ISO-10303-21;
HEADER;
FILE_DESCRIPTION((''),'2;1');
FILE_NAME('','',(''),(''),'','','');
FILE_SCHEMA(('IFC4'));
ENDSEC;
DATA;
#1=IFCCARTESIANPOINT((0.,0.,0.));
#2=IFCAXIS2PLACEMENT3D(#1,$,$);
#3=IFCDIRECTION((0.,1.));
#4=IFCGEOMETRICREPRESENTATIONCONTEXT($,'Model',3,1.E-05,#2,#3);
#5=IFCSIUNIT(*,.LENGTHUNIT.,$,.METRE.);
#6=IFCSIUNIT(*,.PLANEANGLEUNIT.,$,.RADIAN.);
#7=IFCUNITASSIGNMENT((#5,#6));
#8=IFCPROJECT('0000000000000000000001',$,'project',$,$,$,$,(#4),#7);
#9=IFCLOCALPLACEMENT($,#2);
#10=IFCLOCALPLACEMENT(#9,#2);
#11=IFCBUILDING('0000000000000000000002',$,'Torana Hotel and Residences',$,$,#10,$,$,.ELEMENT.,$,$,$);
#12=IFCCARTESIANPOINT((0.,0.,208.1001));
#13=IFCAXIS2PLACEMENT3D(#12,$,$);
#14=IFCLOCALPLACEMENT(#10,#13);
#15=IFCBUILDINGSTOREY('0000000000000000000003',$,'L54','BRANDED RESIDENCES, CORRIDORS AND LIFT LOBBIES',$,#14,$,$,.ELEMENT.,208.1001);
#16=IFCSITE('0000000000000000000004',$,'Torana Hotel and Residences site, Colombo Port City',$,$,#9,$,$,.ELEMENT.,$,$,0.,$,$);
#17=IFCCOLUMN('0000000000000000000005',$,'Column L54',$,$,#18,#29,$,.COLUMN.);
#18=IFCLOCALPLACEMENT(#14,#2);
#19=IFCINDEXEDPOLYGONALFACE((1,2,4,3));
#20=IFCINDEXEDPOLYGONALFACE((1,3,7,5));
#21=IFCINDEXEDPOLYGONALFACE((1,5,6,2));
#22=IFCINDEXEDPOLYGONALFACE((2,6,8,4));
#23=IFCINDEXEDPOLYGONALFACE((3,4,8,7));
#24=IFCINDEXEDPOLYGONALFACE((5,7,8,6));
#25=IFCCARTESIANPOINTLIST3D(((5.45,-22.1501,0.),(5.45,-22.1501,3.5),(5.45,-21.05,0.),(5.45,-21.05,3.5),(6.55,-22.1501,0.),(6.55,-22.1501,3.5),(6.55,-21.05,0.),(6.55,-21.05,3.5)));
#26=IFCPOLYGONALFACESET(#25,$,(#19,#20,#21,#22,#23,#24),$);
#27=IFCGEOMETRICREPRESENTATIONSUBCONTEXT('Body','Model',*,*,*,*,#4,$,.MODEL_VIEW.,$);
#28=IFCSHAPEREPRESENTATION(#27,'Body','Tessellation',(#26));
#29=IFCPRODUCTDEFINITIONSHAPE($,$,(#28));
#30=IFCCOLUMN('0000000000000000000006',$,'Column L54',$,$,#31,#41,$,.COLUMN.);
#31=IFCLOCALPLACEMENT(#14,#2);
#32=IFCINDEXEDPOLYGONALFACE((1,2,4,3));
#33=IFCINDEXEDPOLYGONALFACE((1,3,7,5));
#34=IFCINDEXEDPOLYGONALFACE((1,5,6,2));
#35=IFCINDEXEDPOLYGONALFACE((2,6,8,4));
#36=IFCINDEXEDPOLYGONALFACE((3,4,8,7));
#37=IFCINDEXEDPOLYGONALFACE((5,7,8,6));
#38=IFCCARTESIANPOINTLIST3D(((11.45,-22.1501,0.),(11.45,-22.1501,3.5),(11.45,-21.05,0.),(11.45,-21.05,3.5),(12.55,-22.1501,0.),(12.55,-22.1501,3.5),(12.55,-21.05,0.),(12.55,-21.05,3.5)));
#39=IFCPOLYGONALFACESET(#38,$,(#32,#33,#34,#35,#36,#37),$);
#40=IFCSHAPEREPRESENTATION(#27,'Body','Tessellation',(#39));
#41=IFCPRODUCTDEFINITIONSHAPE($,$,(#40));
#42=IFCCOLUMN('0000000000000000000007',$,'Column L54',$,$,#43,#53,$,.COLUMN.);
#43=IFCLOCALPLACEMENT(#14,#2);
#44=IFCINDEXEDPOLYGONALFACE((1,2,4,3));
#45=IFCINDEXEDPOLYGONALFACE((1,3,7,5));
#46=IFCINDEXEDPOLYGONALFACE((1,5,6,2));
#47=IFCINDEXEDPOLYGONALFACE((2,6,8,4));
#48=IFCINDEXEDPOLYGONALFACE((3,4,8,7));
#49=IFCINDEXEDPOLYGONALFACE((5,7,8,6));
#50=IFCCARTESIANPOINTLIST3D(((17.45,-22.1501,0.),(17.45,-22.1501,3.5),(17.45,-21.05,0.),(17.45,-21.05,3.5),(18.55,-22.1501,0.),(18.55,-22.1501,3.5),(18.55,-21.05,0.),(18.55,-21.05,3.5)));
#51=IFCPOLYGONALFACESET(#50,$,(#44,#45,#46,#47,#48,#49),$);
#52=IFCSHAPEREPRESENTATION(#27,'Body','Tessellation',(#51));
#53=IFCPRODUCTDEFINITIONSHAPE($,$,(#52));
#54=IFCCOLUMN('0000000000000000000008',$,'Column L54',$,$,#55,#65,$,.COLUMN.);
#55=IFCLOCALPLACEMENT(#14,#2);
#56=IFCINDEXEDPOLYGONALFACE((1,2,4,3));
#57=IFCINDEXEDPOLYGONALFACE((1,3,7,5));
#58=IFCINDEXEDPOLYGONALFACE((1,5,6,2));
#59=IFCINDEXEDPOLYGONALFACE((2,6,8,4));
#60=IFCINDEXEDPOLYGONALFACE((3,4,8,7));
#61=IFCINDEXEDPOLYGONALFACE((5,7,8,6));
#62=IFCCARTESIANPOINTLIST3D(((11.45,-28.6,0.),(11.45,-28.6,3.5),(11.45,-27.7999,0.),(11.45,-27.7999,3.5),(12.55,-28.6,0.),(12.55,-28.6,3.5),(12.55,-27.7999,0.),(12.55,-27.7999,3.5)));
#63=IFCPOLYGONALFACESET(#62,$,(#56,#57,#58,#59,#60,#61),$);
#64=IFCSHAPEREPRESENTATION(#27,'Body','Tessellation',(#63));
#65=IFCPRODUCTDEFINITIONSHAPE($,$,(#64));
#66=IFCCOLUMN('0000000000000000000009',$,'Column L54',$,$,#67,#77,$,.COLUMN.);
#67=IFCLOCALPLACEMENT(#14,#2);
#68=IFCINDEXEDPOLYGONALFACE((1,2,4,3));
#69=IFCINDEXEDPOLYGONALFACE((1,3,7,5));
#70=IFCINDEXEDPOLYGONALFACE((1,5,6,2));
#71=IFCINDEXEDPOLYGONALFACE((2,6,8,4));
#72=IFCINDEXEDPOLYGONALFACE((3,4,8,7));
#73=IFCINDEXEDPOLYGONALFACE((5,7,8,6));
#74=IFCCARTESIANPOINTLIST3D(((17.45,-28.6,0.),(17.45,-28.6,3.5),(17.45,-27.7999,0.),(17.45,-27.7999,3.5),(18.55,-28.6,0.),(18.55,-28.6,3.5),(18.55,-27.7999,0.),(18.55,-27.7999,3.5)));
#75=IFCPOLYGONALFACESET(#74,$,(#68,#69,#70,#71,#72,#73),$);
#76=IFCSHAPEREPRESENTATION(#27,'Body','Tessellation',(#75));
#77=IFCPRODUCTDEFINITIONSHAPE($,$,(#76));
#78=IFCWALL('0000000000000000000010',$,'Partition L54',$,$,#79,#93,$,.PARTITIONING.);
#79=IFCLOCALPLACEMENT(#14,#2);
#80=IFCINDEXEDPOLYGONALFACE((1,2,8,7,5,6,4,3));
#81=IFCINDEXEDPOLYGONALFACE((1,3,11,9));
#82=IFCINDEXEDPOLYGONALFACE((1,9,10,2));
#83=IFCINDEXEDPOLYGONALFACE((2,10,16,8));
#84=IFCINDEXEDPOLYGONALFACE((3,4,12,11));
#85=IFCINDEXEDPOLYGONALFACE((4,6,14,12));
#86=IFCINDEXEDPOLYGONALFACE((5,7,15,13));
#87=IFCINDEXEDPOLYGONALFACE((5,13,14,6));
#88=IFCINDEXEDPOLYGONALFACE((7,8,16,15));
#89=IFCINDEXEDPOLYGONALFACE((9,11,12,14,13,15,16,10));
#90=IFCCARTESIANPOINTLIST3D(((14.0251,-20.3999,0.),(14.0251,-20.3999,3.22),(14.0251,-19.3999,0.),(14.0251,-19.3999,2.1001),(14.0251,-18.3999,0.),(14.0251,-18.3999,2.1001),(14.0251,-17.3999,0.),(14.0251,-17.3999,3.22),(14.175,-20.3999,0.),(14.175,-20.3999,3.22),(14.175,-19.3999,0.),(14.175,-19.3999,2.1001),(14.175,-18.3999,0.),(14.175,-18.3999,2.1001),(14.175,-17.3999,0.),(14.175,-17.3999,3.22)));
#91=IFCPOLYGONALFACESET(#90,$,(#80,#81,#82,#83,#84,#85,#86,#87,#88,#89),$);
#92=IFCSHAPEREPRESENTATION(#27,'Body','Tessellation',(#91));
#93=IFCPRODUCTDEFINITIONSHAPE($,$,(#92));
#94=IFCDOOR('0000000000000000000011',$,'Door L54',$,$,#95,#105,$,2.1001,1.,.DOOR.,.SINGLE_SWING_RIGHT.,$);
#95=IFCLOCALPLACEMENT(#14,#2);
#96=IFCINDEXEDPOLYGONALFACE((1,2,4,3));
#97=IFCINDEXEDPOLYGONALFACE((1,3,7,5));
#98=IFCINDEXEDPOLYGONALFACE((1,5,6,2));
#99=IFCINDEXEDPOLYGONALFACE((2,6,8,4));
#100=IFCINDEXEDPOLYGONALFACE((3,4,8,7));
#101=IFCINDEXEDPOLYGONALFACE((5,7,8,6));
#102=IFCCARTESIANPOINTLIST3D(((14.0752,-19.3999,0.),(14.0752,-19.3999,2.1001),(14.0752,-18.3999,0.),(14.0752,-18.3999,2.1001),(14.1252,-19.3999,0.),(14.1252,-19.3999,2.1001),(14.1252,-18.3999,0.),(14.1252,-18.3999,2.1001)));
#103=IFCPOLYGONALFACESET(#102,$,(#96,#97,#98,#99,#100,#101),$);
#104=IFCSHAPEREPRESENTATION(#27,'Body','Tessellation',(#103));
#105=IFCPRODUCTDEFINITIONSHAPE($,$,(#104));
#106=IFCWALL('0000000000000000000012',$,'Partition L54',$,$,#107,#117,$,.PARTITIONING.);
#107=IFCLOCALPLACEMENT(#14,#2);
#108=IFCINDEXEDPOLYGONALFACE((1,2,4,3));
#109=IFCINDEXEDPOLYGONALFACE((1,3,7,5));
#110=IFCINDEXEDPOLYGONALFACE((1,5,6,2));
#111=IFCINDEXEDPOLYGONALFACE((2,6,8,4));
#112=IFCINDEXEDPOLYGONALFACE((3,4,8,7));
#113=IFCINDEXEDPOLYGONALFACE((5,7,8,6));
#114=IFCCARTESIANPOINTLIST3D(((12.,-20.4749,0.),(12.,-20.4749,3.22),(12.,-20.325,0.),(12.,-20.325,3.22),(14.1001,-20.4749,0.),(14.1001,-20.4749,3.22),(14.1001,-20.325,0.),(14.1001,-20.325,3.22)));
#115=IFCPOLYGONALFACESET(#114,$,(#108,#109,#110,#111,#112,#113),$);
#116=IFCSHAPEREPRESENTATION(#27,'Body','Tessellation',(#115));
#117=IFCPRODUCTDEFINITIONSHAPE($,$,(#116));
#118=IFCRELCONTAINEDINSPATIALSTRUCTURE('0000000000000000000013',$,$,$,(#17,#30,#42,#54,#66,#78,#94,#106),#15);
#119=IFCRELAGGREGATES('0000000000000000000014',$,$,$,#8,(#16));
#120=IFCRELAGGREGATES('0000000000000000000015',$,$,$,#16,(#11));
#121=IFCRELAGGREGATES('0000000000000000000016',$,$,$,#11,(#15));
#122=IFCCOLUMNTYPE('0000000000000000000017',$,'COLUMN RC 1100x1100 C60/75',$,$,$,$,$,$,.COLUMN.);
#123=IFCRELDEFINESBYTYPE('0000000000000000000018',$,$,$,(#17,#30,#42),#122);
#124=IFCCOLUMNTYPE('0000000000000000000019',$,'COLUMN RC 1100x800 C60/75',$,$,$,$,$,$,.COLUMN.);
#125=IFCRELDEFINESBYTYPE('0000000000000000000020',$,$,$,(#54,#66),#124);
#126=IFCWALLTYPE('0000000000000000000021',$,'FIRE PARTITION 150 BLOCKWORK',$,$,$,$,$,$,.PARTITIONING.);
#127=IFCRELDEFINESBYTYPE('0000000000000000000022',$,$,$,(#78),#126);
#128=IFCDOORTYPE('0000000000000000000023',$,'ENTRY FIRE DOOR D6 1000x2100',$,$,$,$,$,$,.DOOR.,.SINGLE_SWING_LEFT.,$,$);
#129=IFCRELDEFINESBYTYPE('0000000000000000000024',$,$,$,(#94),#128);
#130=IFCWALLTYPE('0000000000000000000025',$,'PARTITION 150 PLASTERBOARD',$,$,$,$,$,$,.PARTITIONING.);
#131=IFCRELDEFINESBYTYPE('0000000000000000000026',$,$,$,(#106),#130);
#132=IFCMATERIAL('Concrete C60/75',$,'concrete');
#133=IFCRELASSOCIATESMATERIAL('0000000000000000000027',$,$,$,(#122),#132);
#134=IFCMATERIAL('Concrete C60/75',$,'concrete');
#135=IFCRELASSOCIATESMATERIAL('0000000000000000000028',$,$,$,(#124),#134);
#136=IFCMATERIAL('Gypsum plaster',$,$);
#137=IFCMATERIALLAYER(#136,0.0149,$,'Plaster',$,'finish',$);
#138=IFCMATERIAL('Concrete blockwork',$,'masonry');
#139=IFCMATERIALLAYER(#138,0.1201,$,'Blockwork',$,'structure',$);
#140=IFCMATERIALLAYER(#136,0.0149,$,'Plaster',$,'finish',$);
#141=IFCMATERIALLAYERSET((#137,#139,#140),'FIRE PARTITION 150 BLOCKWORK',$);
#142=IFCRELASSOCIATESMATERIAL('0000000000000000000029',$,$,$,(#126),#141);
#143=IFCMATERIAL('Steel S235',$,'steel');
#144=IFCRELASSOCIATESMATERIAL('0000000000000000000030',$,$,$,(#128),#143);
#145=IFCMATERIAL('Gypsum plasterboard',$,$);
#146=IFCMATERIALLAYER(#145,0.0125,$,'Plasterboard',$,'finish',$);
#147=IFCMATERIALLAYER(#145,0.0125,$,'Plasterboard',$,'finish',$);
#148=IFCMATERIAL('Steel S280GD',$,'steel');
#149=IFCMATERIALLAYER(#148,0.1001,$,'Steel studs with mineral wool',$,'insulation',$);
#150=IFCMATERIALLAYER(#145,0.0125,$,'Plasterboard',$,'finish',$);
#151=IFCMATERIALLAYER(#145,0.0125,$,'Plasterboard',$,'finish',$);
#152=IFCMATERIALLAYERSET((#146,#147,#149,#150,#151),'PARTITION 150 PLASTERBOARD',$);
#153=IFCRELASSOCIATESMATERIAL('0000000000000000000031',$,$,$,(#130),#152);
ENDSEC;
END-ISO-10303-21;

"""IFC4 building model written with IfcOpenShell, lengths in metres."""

from ifc_helpers import new_model, si_unit, direction, frame, frame_2d, origin, origin_2d, place, context, subcontext, project, spatial, rectangle, extrude, material, layer, layer_set, material_profile, profile_set, type_object, element, fill, save


model = new_model("IFC4")

# Units and contexts
model_context = context("Model", 3, precision=1e-05, world=origin(), true_north=direction((0.0, 1.0)))
body_context = subcontext(model_context, "Body", "Model", "MODEL_VIEW")
ifc_project = project(units=[si_unit("LENGTHUNIT", "METRE"), si_unit("PLANEANGLEUNIT", "RADIAN")], contexts=[model_context])

# Site, building, storey
site_placement = place(None, origin())
site = spatial("IfcSite", under=ifc_project, at=site_placement, Name="Torana Hotel and Residences site, Colombo Port City", CompositionType="ELEMENT", RefElevation=0.0)
building_placement = place(site_placement, origin())
building = spatial("IfcBuilding", under=site, at=building_placement, Name="Torana Hotel and Residences", CompositionType="ELEMENT")
storey_placement = place(building_placement, frame((0.0, 0.0, 208.1001)))
storey = spatial("IfcBuildingStorey", under=building, at=storey_placement, Name="L54", Description="BRANDED RESIDENCES, CORRIDORS AND LIFT LOBBIES", CompositionType="ELEMENT", Elevation=208.1001)

# Columns
ifc_material_1 = material(Name="Concrete C60/75", Category="concrete")
ifc_material_profile_1 = material_profile(ifc_material_1, rectangle(XDim=1.1001, YDim=1.1001, at=origin_2d()), Name="RC 1100x1100")
ifc_profile_set_1 = profile_set([ifc_material_profile_1], Name="Concrete C60/75")
column_type_1 = type_object("IfcColumnType", Name="COLUMN RC 1100x1100 C60/75", PredefinedType="COLUMN", material=ifc_profile_set_1)
for number, where, z_axis, x_axis, name in (
    (1, (6.0, -21.6001, 0.0), (0.0, 0.0, 1.0), (1.0, 0.0, 0.0), "Column L54"),
    (2, (12.0, -21.6001, 0.0), (0.0, 0.0, 1.0), (1.0, 0.0, 0.0), "Column L54"),
    (3, (18.0, -21.6001, 0.0), (0.0, 0.0, 1.0), (1.0, 0.0, 0.0), "Column L54"),
):
    element("IfcColumn", number, at=place(storey_placement, frame(where, z_axis=z_axis, x_axis=x_axis)), inside=storey, type_object=column_type_1, Name=name, PredefinedType="COLUMN", context=body_context, shape_type="SweptSolid", body=[
        extrude(rectangle(XDim=1.1001, YDim=1.1001, at=origin_2d()), origin(), (0.0, 0.0, 1.0), 3.5),
    ])
ifc_material_2 = material(Name="Concrete C60/75", Category="concrete")
ifc_material_profile_2 = material_profile(ifc_material_2, rectangle(XDim=1.1001, YDim=0.8, at=origin_2d()), Name="RC 1100x800")
ifc_profile_set_2 = profile_set([ifc_material_profile_2], Name="Concrete C60/75")
column_type_2 = type_object("IfcColumnType", Name="COLUMN RC 1100x800 C60/75", PredefinedType="COLUMN", material=ifc_profile_set_2)
for number, where, z_axis, x_axis, name in (
    (4, (12.0, -28.2, 0.0), (0.0, 0.0, 1.0), (1.0, 0.0, 0.0), "Column L54"),
    (5, (18.0, -28.2, 0.0), (0.0, 0.0, 1.0), (1.0, 0.0, 0.0), "Column L54"),
):
    element("IfcColumn", number, at=place(storey_placement, frame(where, z_axis=z_axis, x_axis=x_axis)), inside=storey, type_object=column_type_2, Name=name, PredefinedType="COLUMN", context=body_context, shape_type="SweptSolid", body=[
        extrude(rectangle(XDim=1.1001, YDim=0.8, at=origin_2d()), origin(), (0.0, 0.0, 1.0), 3.5),
    ])

# Wall, opening, door
ifc_material_3 = material(Name="Gypsum plaster")
ifc_layer_1 = layer(ifc_material_3, 0.0149, Name="Plaster", Category="finish")
ifc_material_4 = material(Name="Concrete blockwork", Category="masonry")
ifc_layer_2 = layer(ifc_material_4, 0.1201, Name="Blockwork", Category="structure")
ifc_layer_3 = layer(ifc_material_3, 0.0149, Name="Plaster", Category="finish")
ifc_layer_set_1 = layer_set([ifc_layer_1, ifc_layer_2, ifc_layer_3], Name="FIRE PARTITION 150 BLOCKWORK")
wall_type_1 = type_object("IfcWallType", Name="FIRE PARTITION 150 BLOCKWORK", PredefinedType="PARTITIONING", material=ifc_layer_set_1)
wall_1_placement = place(storey_placement, frame((14.1001, -20.3999, 0.0), z_axis=(0.0, 0.0, 1.0), x_axis=(0.0, 1.0, 0.0)))
wall_1 = element("IfcWall", 6, at=wall_1_placement, inside=storey, type_object=wall_type_1, Name="Partition L54", PredefinedType="PARTITIONING", context=body_context, shape_type="SweptSolid", body=[
    extrude(rectangle(XDim=3.0, YDim=0.1499, at=frame_2d((1.5, 0.0))), origin(), (0.0, 0.0, 1.0), 3.22),
])
opening_placement = place(wall_1_placement, frame((1.0, 0.0, 0.0)))
opening = element("IfcOpeningElement", 7, at=opening_placement, cuts=wall_1, PredefinedType="OPENING", context=body_context, shape_type="SweptSolid", body=[
    extrude(rectangle(XDim=1.0, YDim=2.1001, at=frame_2d((0.5, 1.05))), frame((0.0, 0.085, 0.0), z_axis=(0.0, -1.0, 0.0), x_axis=(1.0, 0.0, 0.0)), (0.0, 0.0, 1.0), 0.1699),
])
ifc_material_5 = material(Name="Steel S235", Category="steel")
door_type = type_object("IfcDoorType", Name="ENTRY FIRE DOOR D6 1000x2100", OperationType="SINGLE_SWING_LEFT", PredefinedType="DOOR", material=ifc_material_5)
door_placement = place(opening_placement, origin())
door = element("IfcDoor", 8, at=door_placement, inside=storey, type_object=door_type, Name="Door L54", OperationType="SINGLE_SWING_RIGHT", OverallHeight=2.1001, OverallWidth=1.0, PredefinedType="DOOR", context=body_context, shape_type="SweptSolid", body=[
    extrude(rectangle(XDim=1.0, YDim=2.1001, at=frame_2d((0.5, 1.05))), frame((0.0, 0.0249, 0.0), z_axis=(0.0, -1.0, 0.0), x_axis=(1.0, 0.0, 0.0)), (0.0, 0.0, 1.0), 0.05),
])
fill(opening, door)

# Wall
ifc_material_6 = material(Name="Gypsum plasterboard")
ifc_layer_4 = layer(ifc_material_6, 0.0125, Name="Plasterboard", Category="finish")
ifc_layer_5 = layer(ifc_material_6, 0.0125, Name="Plasterboard", Category="finish")
ifc_material_7 = material(Name="Steel S280GD", Category="steel")
ifc_layer_6 = layer(ifc_material_7, 0.1001, Name="Steel studs with mineral wool", Category="insulation")
ifc_layer_7 = layer(ifc_material_6, 0.0125, Name="Plasterboard", Category="finish")
ifc_layer_8 = layer(ifc_material_6, 0.0125, Name="Plasterboard", Category="finish")
ifc_layer_set_2 = layer_set([ifc_layer_4, ifc_layer_5, ifc_layer_6, ifc_layer_7, ifc_layer_8], Name="PARTITION 150 PLASTERBOARD")
wall_type_2 = type_object("IfcWallType", Name="PARTITION 150 PLASTERBOARD", PredefinedType="PARTITIONING", material=ifc_layer_set_2)
wall_2_placement = place(storey_placement, frame((12.0, -20.3999, 0.0), z_axis=(0.0, 0.0, 1.0), x_axis=(1.0, 0.0, 0.0)))
element("IfcWall", 9, at=wall_2_placement, inside=storey, type_object=wall_type_2, Name="Partition L54", PredefinedType="PARTITIONING", context=body_context, shape_type="SweptSolid", body=[
    extrude(rectangle(XDim=2.1001, YDim=0.1499, at=frame_2d((1.05, 0.0))), origin(), (0.0, 0.0, 1.0), 3.22),
])

save(model, "model.ifc")
